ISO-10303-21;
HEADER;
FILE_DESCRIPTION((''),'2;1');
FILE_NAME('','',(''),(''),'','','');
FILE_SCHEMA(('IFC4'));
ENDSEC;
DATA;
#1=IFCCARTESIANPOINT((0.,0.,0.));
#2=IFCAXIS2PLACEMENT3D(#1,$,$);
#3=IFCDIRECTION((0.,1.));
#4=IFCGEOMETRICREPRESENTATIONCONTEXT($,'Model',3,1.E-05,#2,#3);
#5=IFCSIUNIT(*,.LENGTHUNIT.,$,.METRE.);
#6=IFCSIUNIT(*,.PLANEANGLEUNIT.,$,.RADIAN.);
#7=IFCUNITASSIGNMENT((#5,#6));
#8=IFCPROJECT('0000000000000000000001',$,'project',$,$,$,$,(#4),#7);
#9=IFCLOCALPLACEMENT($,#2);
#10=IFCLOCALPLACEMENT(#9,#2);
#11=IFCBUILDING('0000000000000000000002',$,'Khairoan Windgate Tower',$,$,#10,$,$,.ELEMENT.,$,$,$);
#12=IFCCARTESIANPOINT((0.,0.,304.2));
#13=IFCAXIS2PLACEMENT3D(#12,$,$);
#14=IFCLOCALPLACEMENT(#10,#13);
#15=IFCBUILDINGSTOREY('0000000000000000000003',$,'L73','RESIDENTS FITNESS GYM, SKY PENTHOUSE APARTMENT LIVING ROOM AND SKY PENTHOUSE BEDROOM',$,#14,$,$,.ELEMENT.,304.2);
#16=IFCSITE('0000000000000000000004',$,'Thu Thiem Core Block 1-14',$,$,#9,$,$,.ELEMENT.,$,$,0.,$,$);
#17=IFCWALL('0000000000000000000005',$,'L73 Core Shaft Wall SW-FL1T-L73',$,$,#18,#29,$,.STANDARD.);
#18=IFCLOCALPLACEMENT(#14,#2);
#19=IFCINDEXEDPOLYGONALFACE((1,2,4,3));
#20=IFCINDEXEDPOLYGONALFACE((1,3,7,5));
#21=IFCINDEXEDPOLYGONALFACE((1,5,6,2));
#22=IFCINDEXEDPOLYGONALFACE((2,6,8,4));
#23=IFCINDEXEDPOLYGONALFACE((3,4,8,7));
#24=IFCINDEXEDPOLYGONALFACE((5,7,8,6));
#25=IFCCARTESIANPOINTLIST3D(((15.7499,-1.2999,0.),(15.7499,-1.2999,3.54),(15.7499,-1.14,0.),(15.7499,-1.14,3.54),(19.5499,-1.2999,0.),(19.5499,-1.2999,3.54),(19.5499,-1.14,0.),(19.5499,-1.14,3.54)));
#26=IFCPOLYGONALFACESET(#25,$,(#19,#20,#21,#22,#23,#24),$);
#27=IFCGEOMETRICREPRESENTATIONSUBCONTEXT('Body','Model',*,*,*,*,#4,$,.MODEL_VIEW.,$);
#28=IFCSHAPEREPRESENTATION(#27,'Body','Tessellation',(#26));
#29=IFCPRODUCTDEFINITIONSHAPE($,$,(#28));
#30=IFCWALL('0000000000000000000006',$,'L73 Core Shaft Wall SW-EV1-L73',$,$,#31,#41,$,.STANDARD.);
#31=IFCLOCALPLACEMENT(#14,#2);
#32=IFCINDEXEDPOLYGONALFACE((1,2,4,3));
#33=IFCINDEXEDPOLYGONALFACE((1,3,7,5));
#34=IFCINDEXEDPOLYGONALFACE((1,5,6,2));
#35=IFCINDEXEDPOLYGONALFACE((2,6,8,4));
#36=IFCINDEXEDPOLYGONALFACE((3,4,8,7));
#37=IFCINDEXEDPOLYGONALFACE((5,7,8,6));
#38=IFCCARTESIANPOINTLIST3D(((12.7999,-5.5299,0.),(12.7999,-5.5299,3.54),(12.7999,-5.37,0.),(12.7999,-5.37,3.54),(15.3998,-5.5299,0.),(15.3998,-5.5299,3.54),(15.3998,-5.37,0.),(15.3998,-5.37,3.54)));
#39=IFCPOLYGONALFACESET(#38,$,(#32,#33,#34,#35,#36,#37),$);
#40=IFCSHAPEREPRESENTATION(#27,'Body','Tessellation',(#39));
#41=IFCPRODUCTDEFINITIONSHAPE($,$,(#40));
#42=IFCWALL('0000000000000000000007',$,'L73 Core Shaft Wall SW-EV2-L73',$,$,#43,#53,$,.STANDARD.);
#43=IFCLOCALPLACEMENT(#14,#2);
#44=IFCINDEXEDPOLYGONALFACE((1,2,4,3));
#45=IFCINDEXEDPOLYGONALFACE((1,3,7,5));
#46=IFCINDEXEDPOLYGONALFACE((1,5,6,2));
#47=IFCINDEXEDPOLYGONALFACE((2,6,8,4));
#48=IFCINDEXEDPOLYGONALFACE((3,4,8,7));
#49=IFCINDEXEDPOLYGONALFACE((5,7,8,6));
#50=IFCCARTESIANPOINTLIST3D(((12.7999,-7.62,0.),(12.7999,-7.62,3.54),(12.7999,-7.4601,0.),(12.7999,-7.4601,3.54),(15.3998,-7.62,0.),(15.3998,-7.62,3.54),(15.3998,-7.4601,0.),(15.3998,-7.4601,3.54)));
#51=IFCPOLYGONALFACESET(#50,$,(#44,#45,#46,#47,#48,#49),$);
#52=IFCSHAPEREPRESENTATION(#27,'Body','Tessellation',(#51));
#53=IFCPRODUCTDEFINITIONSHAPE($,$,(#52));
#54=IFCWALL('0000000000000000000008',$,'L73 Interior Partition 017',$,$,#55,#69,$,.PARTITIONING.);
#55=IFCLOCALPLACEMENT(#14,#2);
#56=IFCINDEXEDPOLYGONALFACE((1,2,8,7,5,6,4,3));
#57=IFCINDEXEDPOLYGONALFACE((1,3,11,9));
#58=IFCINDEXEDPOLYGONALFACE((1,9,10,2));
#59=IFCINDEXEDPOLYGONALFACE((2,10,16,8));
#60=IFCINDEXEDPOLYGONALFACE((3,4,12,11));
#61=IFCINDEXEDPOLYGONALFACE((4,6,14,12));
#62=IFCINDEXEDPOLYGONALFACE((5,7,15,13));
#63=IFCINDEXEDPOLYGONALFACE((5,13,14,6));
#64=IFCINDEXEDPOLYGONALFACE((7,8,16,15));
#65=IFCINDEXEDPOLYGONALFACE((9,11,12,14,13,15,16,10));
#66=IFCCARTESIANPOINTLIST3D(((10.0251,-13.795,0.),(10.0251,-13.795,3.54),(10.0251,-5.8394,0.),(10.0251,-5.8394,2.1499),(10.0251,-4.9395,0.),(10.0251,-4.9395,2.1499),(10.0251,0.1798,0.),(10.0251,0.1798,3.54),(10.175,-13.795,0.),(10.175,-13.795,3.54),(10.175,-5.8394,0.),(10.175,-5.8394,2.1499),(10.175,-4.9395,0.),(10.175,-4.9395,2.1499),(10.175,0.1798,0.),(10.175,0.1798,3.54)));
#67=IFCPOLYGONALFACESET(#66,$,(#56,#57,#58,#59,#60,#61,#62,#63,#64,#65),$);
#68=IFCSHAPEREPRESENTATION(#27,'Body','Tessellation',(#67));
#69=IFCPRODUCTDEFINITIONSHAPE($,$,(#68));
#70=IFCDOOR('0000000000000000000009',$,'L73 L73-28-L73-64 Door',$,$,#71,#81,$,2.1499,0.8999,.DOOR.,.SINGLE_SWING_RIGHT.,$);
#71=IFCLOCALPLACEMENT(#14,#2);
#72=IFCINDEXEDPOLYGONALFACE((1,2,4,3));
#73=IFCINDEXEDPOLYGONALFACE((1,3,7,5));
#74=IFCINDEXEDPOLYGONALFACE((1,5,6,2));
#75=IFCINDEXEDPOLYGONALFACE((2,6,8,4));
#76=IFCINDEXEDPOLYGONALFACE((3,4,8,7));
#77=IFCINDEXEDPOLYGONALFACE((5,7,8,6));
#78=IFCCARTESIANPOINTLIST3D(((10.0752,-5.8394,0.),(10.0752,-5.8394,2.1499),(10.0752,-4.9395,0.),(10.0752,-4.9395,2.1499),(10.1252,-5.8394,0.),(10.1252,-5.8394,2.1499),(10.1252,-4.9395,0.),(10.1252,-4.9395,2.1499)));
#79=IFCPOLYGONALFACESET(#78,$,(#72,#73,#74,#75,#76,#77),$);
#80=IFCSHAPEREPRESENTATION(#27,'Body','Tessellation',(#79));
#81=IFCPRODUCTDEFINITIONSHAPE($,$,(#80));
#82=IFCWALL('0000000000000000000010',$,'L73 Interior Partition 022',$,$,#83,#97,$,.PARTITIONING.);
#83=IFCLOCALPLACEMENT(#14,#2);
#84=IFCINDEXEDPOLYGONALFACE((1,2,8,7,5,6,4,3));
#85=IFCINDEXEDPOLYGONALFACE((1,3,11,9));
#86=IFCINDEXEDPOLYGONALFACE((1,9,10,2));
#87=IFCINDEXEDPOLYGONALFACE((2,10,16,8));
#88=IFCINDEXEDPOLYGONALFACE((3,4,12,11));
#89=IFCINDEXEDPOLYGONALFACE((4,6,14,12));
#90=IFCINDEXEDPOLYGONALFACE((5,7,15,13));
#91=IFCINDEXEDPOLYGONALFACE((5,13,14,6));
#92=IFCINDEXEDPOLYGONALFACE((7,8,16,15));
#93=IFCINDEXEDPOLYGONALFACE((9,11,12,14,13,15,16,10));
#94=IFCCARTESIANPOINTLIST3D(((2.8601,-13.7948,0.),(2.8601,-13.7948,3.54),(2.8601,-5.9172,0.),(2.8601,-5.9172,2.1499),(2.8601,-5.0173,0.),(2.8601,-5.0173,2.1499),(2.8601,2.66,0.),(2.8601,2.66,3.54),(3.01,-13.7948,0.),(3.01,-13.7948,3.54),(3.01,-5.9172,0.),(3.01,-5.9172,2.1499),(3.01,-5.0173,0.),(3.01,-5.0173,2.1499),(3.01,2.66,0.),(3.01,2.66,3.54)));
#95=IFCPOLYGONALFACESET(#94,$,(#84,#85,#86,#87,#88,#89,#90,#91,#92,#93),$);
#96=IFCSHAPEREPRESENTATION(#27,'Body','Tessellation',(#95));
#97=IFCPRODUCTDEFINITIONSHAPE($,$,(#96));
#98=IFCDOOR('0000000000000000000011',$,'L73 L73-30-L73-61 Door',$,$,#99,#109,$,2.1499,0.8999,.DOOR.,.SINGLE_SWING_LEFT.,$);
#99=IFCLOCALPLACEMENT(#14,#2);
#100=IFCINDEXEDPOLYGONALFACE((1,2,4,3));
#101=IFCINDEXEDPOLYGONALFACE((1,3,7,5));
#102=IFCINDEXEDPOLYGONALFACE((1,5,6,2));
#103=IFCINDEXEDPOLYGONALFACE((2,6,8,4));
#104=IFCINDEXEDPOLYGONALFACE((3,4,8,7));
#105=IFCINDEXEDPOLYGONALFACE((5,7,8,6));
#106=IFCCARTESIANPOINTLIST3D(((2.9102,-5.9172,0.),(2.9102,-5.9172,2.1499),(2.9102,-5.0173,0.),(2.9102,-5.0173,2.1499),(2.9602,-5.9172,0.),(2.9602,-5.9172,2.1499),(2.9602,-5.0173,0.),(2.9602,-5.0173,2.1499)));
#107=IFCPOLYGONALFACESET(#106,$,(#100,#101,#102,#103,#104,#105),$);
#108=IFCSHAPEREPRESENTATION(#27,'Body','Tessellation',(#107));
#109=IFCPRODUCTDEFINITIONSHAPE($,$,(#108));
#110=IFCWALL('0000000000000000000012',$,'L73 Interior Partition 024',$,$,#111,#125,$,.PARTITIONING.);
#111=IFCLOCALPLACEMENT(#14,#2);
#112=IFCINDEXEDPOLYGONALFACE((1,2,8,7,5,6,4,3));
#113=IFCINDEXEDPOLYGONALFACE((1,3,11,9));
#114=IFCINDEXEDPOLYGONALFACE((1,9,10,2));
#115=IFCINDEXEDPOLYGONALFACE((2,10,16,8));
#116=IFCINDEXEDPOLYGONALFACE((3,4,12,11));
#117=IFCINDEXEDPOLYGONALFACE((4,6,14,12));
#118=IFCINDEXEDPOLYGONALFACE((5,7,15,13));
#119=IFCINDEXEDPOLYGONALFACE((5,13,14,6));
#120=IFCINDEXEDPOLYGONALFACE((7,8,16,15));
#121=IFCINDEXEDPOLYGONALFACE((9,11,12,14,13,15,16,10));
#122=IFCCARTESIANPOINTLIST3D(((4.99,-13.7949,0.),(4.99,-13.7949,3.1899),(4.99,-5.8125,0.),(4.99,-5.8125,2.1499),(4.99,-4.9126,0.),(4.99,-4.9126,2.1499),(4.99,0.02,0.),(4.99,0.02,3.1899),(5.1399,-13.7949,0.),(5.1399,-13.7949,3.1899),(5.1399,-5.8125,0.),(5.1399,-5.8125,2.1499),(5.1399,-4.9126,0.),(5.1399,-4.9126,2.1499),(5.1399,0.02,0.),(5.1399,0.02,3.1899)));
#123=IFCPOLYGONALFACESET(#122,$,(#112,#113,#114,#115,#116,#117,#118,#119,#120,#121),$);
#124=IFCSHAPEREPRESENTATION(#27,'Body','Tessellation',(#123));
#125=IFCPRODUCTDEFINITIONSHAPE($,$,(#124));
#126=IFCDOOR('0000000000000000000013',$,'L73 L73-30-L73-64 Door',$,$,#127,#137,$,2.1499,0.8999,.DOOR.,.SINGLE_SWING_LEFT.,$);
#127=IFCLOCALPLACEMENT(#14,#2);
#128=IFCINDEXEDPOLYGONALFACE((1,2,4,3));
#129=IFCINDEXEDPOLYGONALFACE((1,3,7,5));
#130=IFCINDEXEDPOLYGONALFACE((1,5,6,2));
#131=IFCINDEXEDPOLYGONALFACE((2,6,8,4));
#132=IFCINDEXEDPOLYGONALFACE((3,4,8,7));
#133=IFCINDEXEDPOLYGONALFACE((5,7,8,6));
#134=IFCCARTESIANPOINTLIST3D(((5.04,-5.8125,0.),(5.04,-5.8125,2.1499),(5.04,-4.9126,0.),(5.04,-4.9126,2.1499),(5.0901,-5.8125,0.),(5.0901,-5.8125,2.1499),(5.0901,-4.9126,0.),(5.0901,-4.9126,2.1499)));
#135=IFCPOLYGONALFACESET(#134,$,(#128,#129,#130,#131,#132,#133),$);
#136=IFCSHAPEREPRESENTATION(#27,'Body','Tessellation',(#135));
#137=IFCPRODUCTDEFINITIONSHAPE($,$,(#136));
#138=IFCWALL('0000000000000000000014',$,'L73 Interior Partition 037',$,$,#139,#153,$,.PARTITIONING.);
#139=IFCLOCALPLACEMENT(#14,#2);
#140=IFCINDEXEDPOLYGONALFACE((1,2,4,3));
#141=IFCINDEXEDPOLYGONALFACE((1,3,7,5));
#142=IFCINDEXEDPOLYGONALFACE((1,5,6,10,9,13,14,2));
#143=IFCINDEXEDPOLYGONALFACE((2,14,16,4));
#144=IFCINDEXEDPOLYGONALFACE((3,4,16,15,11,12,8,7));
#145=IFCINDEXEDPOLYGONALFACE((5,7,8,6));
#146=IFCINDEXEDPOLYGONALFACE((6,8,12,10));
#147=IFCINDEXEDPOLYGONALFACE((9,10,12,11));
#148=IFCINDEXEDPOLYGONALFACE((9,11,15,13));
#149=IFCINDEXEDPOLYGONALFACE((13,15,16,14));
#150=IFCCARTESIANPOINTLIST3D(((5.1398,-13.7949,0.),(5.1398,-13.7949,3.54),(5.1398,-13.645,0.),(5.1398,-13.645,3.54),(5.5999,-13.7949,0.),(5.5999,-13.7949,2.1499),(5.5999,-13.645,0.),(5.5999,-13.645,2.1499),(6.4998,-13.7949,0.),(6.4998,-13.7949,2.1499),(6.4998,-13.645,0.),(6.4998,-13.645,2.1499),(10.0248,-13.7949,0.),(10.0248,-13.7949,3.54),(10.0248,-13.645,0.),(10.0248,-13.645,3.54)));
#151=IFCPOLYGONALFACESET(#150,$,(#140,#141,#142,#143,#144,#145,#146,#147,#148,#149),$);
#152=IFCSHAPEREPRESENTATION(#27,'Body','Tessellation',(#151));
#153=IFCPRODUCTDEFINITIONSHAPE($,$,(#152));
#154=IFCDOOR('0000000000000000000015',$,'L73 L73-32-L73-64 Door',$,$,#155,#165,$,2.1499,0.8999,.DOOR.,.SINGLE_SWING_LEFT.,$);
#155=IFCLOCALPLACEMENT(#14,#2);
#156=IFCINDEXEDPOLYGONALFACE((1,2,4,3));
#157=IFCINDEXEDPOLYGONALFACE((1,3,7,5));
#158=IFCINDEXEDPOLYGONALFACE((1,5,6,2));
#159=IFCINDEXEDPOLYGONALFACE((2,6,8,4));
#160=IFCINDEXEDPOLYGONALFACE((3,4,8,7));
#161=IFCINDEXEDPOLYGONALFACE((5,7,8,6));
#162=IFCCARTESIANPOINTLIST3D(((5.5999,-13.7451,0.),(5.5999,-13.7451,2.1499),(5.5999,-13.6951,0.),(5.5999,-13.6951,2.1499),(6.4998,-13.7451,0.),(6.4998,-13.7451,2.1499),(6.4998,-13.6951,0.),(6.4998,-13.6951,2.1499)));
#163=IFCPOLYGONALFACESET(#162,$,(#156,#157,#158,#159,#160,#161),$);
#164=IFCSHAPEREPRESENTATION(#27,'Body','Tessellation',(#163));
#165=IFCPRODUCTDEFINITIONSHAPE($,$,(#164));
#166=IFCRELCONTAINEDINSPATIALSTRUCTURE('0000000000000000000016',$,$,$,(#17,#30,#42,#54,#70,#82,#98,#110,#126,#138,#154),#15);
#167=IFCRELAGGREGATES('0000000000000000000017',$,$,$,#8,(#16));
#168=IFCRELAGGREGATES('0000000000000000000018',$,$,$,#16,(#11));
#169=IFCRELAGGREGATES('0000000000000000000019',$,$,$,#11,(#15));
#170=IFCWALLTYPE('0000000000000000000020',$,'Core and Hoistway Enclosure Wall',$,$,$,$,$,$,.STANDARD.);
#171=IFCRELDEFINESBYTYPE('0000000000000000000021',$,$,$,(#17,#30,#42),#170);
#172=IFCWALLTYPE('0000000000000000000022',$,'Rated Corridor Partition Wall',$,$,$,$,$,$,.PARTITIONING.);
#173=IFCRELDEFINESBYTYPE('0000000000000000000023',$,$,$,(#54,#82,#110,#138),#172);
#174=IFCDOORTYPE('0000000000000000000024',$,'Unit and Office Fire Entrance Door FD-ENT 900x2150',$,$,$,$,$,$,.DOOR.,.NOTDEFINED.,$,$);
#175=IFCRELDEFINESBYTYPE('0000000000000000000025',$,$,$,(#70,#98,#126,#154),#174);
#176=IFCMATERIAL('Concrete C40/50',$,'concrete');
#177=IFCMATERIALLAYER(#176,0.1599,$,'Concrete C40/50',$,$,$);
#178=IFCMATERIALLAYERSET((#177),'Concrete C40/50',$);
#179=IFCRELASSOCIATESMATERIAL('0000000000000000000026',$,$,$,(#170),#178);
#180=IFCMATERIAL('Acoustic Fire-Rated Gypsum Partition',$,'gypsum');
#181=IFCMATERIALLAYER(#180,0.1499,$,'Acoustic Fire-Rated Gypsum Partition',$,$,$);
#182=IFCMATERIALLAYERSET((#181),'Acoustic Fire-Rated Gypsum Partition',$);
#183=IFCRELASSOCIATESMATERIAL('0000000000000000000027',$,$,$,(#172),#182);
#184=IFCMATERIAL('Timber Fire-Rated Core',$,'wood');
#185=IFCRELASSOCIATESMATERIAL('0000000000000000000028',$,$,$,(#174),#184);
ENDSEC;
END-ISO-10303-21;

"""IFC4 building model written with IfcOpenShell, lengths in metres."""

from ifc_helpers import new_model, si_unit, direction, frame, frame_2d, origin, place, context, subcontext, project, spatial, rectangle, extrude, material, layer, layer_set, type_object, element, fill, save


model = new_model("IFC4")

# Units and contexts
model_context = context("Model", 3, precision=1e-05, world=origin(), true_north=direction((0.0, 1.0)))
body_context = subcontext(model_context, "Body", "Model", "MODEL_VIEW")
ifc_project = project(units=[si_unit("LENGTHUNIT", "METRE"), si_unit("PLANEANGLEUNIT", "RADIAN")], contexts=[model_context])

# Site, building, storey
site_placement = place(None, origin())
site = spatial("IfcSite", under=ifc_project, at=site_placement, Name="Thu Thiem Core Block 1-14", CompositionType="ELEMENT", RefElevation=0.0)
building_placement = place(site_placement, origin())
building = spatial("IfcBuilding", under=site, at=building_placement, Name="Khairoan Windgate Tower", CompositionType="ELEMENT")
storey_placement = place(building_placement, frame((0.0, 0.0, 304.2)))
storey = spatial("IfcBuildingStorey", under=building, at=storey_placement, Name="L73", Description="RESIDENTS FITNESS GYM, SKY PENTHOUSE APARTMENT LIVING ROOM AND SKY PENTHOUSE BEDROOM", CompositionType="ELEMENT", Elevation=304.2)

# Shared definitions
ifc_material_1 = material(Name="Concrete C40/50", Category="concrete")
ifc_layer_1 = layer(ifc_material_1, 0.1599, Name="Concrete C40/50")
ifc_layer_set_1 = layer_set([ifc_layer_1], Name="Concrete C40/50")
wall_type_1 = type_object("IfcWallType", Name="Core and Hoistway Enclosure Wall", PredefinedType="STANDARD", material=ifc_layer_set_1)

# Walls
wall_1_placement = place(storey_placement, frame((15.75, -1.22, 0.0), z_axis=(0.0, 0.0, 1.0), x_axis=(1.0, 0.0, 0.0)))
element("IfcWall", 1, at=wall_1_placement, inside=storey, type_object=wall_type_1, Name="L73 Core Shaft Wall SW-FL1T-L73", PredefinedType="STANDARD", context=body_context, shape_type="SweptSolid", body=[
    extrude(rectangle(XDim=3.8, YDim=0.1599, at=frame_2d((1.8999, 0.0))), origin(), (0.0, 0.0, 1.0), 3.54),
])
for number, where, z_axis, x_axis, name in (
    (2, (12.8, -5.45, 0.0), (0.0, 0.0, 1.0), (1.0, 0.0, 0.0), "L73 Core Shaft Wall SW-EV1-L73"),
    (3, (12.8, -7.54, 0.0), (0.0, 0.0, 1.0), (1.0, 0.0, 0.0), "L73 Core Shaft Wall SW-EV2-L73"),
):
    element("IfcWall", number, at=place(storey_placement, frame(where, z_axis=z_axis, x_axis=x_axis)), inside=storey, type_object=wall_type_1, Name=name, PredefinedType="STANDARD", context=body_context, shape_type="SweptSolid", body=[
        extrude(rectangle(XDim=2.5999, YDim=0.1599, at=frame_2d((1.2998, 0.0))), origin(), (0.0, 0.0, 1.0), 3.54),
    ])

# Walls, openings, doors
ifc_material_2 = material(Name="Acoustic Fire-Rated Gypsum Partition", Category="gypsum")
ifc_layer_2 = layer(ifc_material_2, 0.1499, Name="Acoustic Fire-Rated Gypsum Partition")
ifc_layer_set_2 = layer_set([ifc_layer_2], Name="Acoustic Fire-Rated Gypsum Partition")
wall_type_2 = type_object("IfcWallType", Name="Rated Corridor Partition Wall", PredefinedType="PARTITIONING", material=ifc_layer_set_2)
wall_2_placement = place(storey_placement, frame((10.1001, -13.7949, 0.0), z_axis=(0.0, 0.0, 1.0), x_axis=(0.0, 1.0, 0.0)))
wall_2 = element("IfcWall", 4, at=wall_2_placement, inside=storey, type_object=wall_type_2, Name="L73 Interior Partition 017", PredefinedType="PARTITIONING", context=body_context, shape_type="SweptSolid", body=[
    extrude(rectangle(XDim=13.9749, YDim=0.1499, at=frame_2d((6.9873, 0.0))), origin(), (0.0, 0.0, 1.0), 3.54),
])
opening_1_placement = place(wall_2_placement, frame((7.9556, 0.0, 0.0)))
opening_1 = element("IfcOpeningElement", 5, at=opening_1_placement, cuts=wall_2, PredefinedType="OPENING", context=body_context, shape_type="SweptSolid", body=[
    extrude(rectangle(XDim=0.8999, YDim=2.1499, at=frame_2d((0.45, 1.075))), frame((0.0, 0.085, 0.0), z_axis=(0.0, -1.0, 0.0), x_axis=(1.0, 0.0, 0.0)), (0.0, 0.0, 1.0), 0.1699),
])
ifc_material_3 = material(Name="Timber Fire-Rated Core", Category="wood")
door_type_1 = type_object("IfcDoorType", Name="Unit and Office Fire Entrance Door FD-ENT 900x2150", OperationType="NOTDEFINED", PredefinedType="DOOR", material=ifc_material_3)
door_1_placement = place(opening_1_placement, origin())
door_1 = element("IfcDoor", 6, at=door_1_placement, inside=storey, type_object=door_type_1, Name="L73 L73-28-L73-64 Door", OperationType="SINGLE_SWING_RIGHT", OverallHeight=2.1499, OverallWidth=0.8999, PredefinedType="DOOR", context=body_context, shape_type="SweptSolid", body=[
    extrude(rectangle(XDim=0.8999, YDim=2.1499, at=frame_2d((0.45, 1.075))), frame((0.0, 0.0249, 0.0), z_axis=(0.0, -1.0, 0.0), x_axis=(1.0, 0.0, 0.0)), (0.0, 0.0, 1.0), 0.05),
])
fill(opening_1, door_1)
wall_3_placement = place(storey_placement, frame((2.9351, -13.7949, 0.0), z_axis=(0.0, 0.0, 1.0), x_axis=(0.0, 1.0, 0.0)))
wall_3 = element("IfcWall", 7, at=wall_3_placement, inside=storey, type_object=wall_type_2, Name="L73 Interior Partition 022", PredefinedType="PARTITIONING", context=body_context, shape_type="SweptSolid", body=[
    extrude(rectangle(XDim=16.4548, YDim=0.1499, at=frame_2d((8.2275, 0.0))), origin(), (0.0, 0.0, 1.0), 3.54),
])
opening_2_placement = place(wall_3_placement, frame((7.8777, 0.0, 0.0)))
opening_2 = element("IfcOpeningElement", 8, at=opening_2_placement, cuts=wall_3, PredefinedType="OPENING", context=body_context, shape_type="SweptSolid", body=[
    extrude(rectangle(XDim=0.8999, YDim=2.1499, at=frame_2d((0.45, 1.075))), frame((0.0, 0.085, 0.0), z_axis=(0.0, -1.0, 0.0), x_axis=(1.0, 0.0, 0.0)), (0.0, 0.0, 1.0), 0.1699),
])
door_2_placement = place(opening_2_placement, origin())
door_2 = element("IfcDoor", 9, at=door_2_placement, inside=storey, type_object=door_type_1, Name="L73 L73-30-L73-61 Door", OperationType="SINGLE_SWING_LEFT", OverallHeight=2.1499, OverallWidth=0.8999, PredefinedType="DOOR", context=body_context, shape_type="SweptSolid", body=[
    extrude(rectangle(XDim=0.8999, YDim=2.1499, at=frame_2d((0.45, 1.075))), frame((0.0, 0.0249, 0.0), z_axis=(0.0, -1.0, 0.0), x_axis=(1.0, 0.0, 0.0)), (0.0, 0.0, 1.0), 0.05),
])
fill(opening_2, door_2)
wall_4_placement = place(storey_placement, frame((5.0649, -13.7949, 0.0), z_axis=(0.0, 0.0, 1.0), x_axis=(0.0, 1.0, 0.0)))
wall_4 = element("IfcWall", 10, at=wall_4_placement, inside=storey, type_object=wall_type_2, Name="L73 Interior Partition 024", PredefinedType="PARTITIONING", context=body_context, shape_type="SweptSolid", body=[
    extrude(rectangle(XDim=13.8149, YDim=0.1499, at=frame_2d((6.9075, 0.0))), origin(), (0.0, 0.0, 1.0), 3.1899),
])
opening_3_placement = place(wall_4_placement, frame((7.9824, 0.0, 0.0)))
opening_3 = element("IfcOpeningElement", 11, at=opening_3_placement, cuts=wall_4, PredefinedType="OPENING", context=body_context, shape_type="SweptSolid", body=[
    extrude(rectangle(XDim=0.8999, YDim=2.1499, at=frame_2d((0.45, 1.075))), frame((0.0, 0.085, 0.0), z_axis=(0.0, -1.0, 0.0), x_axis=(1.0, 0.0, 0.0)), (0.0, 0.0, 1.0), 0.1699),
])
door_3_placement = place(opening_3_placement, origin())
door_3 = element("IfcDoor", 12, at=door_3_placement, inside=storey, type_object=door_type_1, Name="L73 L73-30-L73-64 Door", OperationType="SINGLE_SWING_LEFT", OverallHeight=2.1499, OverallWidth=0.8999, PredefinedType="DOOR", context=body_context, shape_type="SweptSolid", body=[
    extrude(rectangle(XDim=0.8999, YDim=2.1499, at=frame_2d((0.45, 1.075))), frame((0.0, 0.0249, 0.0), z_axis=(0.0, -1.0, 0.0), x_axis=(1.0, 0.0, 0.0)), (0.0, 0.0, 1.0), 0.05),
])
fill(opening_3, door_3)
wall_5_placement = place(storey_placement, frame((5.1399, -13.72, 0.0), z_axis=(0.0, 0.0, 1.0), x_axis=(1.0, 0.0, 0.0)))
wall_5 = element("IfcWall", 13, at=wall_5_placement, inside=storey, type_object=wall_type_2, Name="L73 Interior Partition 037", PredefinedType="PARTITIONING", context=body_context, shape_type="SweptSolid", body=[
    extrude(rectangle(XDim=4.885, YDim=0.1499, at=frame_2d((2.4424, 0.0))), origin(), (0.0, 0.0, 1.0), 3.54),
])
opening_4_placement = place(wall_5_placement, frame((0.46, 0.0, 0.0)))
opening_4 = element("IfcOpeningElement", 14, at=opening_4_placement, cuts=wall_5, PredefinedType="OPENING", context=body_context, shape_type="SweptSolid", body=[
    extrude(rectangle(XDim=0.8999, YDim=2.1499, at=frame_2d((0.45, 1.075))), frame((0.0, 0.085, 0.0), z_axis=(0.0, -1.0, 0.0), x_axis=(1.0, 0.0, 0.0)), (0.0, 0.0, 1.0), 0.1699),
])
door_4_placement = place(opening_4_placement, origin())
door_4 = element("IfcDoor", 15, at=door_4_placement, inside=storey, type_object=door_type_1, Name="L73 L73-32-L73-64 Door", OperationType="SINGLE_SWING_LEFT", OverallHeight=2.1499, OverallWidth=0.8999, PredefinedType="DOOR", context=body_context, shape_type="SweptSolid", body=[
    extrude(rectangle(XDim=0.8999, YDim=2.1499, at=frame_2d((0.45, 1.075))), frame((0.0, 0.0249, 0.0), z_axis=(0.0, -1.0, 0.0), x_axis=(1.0, 0.0, 0.0)), (0.0, 0.0, 1.0), 0.05),
])
fill(opening_4, door_4)

save(model, "model.ifc")
